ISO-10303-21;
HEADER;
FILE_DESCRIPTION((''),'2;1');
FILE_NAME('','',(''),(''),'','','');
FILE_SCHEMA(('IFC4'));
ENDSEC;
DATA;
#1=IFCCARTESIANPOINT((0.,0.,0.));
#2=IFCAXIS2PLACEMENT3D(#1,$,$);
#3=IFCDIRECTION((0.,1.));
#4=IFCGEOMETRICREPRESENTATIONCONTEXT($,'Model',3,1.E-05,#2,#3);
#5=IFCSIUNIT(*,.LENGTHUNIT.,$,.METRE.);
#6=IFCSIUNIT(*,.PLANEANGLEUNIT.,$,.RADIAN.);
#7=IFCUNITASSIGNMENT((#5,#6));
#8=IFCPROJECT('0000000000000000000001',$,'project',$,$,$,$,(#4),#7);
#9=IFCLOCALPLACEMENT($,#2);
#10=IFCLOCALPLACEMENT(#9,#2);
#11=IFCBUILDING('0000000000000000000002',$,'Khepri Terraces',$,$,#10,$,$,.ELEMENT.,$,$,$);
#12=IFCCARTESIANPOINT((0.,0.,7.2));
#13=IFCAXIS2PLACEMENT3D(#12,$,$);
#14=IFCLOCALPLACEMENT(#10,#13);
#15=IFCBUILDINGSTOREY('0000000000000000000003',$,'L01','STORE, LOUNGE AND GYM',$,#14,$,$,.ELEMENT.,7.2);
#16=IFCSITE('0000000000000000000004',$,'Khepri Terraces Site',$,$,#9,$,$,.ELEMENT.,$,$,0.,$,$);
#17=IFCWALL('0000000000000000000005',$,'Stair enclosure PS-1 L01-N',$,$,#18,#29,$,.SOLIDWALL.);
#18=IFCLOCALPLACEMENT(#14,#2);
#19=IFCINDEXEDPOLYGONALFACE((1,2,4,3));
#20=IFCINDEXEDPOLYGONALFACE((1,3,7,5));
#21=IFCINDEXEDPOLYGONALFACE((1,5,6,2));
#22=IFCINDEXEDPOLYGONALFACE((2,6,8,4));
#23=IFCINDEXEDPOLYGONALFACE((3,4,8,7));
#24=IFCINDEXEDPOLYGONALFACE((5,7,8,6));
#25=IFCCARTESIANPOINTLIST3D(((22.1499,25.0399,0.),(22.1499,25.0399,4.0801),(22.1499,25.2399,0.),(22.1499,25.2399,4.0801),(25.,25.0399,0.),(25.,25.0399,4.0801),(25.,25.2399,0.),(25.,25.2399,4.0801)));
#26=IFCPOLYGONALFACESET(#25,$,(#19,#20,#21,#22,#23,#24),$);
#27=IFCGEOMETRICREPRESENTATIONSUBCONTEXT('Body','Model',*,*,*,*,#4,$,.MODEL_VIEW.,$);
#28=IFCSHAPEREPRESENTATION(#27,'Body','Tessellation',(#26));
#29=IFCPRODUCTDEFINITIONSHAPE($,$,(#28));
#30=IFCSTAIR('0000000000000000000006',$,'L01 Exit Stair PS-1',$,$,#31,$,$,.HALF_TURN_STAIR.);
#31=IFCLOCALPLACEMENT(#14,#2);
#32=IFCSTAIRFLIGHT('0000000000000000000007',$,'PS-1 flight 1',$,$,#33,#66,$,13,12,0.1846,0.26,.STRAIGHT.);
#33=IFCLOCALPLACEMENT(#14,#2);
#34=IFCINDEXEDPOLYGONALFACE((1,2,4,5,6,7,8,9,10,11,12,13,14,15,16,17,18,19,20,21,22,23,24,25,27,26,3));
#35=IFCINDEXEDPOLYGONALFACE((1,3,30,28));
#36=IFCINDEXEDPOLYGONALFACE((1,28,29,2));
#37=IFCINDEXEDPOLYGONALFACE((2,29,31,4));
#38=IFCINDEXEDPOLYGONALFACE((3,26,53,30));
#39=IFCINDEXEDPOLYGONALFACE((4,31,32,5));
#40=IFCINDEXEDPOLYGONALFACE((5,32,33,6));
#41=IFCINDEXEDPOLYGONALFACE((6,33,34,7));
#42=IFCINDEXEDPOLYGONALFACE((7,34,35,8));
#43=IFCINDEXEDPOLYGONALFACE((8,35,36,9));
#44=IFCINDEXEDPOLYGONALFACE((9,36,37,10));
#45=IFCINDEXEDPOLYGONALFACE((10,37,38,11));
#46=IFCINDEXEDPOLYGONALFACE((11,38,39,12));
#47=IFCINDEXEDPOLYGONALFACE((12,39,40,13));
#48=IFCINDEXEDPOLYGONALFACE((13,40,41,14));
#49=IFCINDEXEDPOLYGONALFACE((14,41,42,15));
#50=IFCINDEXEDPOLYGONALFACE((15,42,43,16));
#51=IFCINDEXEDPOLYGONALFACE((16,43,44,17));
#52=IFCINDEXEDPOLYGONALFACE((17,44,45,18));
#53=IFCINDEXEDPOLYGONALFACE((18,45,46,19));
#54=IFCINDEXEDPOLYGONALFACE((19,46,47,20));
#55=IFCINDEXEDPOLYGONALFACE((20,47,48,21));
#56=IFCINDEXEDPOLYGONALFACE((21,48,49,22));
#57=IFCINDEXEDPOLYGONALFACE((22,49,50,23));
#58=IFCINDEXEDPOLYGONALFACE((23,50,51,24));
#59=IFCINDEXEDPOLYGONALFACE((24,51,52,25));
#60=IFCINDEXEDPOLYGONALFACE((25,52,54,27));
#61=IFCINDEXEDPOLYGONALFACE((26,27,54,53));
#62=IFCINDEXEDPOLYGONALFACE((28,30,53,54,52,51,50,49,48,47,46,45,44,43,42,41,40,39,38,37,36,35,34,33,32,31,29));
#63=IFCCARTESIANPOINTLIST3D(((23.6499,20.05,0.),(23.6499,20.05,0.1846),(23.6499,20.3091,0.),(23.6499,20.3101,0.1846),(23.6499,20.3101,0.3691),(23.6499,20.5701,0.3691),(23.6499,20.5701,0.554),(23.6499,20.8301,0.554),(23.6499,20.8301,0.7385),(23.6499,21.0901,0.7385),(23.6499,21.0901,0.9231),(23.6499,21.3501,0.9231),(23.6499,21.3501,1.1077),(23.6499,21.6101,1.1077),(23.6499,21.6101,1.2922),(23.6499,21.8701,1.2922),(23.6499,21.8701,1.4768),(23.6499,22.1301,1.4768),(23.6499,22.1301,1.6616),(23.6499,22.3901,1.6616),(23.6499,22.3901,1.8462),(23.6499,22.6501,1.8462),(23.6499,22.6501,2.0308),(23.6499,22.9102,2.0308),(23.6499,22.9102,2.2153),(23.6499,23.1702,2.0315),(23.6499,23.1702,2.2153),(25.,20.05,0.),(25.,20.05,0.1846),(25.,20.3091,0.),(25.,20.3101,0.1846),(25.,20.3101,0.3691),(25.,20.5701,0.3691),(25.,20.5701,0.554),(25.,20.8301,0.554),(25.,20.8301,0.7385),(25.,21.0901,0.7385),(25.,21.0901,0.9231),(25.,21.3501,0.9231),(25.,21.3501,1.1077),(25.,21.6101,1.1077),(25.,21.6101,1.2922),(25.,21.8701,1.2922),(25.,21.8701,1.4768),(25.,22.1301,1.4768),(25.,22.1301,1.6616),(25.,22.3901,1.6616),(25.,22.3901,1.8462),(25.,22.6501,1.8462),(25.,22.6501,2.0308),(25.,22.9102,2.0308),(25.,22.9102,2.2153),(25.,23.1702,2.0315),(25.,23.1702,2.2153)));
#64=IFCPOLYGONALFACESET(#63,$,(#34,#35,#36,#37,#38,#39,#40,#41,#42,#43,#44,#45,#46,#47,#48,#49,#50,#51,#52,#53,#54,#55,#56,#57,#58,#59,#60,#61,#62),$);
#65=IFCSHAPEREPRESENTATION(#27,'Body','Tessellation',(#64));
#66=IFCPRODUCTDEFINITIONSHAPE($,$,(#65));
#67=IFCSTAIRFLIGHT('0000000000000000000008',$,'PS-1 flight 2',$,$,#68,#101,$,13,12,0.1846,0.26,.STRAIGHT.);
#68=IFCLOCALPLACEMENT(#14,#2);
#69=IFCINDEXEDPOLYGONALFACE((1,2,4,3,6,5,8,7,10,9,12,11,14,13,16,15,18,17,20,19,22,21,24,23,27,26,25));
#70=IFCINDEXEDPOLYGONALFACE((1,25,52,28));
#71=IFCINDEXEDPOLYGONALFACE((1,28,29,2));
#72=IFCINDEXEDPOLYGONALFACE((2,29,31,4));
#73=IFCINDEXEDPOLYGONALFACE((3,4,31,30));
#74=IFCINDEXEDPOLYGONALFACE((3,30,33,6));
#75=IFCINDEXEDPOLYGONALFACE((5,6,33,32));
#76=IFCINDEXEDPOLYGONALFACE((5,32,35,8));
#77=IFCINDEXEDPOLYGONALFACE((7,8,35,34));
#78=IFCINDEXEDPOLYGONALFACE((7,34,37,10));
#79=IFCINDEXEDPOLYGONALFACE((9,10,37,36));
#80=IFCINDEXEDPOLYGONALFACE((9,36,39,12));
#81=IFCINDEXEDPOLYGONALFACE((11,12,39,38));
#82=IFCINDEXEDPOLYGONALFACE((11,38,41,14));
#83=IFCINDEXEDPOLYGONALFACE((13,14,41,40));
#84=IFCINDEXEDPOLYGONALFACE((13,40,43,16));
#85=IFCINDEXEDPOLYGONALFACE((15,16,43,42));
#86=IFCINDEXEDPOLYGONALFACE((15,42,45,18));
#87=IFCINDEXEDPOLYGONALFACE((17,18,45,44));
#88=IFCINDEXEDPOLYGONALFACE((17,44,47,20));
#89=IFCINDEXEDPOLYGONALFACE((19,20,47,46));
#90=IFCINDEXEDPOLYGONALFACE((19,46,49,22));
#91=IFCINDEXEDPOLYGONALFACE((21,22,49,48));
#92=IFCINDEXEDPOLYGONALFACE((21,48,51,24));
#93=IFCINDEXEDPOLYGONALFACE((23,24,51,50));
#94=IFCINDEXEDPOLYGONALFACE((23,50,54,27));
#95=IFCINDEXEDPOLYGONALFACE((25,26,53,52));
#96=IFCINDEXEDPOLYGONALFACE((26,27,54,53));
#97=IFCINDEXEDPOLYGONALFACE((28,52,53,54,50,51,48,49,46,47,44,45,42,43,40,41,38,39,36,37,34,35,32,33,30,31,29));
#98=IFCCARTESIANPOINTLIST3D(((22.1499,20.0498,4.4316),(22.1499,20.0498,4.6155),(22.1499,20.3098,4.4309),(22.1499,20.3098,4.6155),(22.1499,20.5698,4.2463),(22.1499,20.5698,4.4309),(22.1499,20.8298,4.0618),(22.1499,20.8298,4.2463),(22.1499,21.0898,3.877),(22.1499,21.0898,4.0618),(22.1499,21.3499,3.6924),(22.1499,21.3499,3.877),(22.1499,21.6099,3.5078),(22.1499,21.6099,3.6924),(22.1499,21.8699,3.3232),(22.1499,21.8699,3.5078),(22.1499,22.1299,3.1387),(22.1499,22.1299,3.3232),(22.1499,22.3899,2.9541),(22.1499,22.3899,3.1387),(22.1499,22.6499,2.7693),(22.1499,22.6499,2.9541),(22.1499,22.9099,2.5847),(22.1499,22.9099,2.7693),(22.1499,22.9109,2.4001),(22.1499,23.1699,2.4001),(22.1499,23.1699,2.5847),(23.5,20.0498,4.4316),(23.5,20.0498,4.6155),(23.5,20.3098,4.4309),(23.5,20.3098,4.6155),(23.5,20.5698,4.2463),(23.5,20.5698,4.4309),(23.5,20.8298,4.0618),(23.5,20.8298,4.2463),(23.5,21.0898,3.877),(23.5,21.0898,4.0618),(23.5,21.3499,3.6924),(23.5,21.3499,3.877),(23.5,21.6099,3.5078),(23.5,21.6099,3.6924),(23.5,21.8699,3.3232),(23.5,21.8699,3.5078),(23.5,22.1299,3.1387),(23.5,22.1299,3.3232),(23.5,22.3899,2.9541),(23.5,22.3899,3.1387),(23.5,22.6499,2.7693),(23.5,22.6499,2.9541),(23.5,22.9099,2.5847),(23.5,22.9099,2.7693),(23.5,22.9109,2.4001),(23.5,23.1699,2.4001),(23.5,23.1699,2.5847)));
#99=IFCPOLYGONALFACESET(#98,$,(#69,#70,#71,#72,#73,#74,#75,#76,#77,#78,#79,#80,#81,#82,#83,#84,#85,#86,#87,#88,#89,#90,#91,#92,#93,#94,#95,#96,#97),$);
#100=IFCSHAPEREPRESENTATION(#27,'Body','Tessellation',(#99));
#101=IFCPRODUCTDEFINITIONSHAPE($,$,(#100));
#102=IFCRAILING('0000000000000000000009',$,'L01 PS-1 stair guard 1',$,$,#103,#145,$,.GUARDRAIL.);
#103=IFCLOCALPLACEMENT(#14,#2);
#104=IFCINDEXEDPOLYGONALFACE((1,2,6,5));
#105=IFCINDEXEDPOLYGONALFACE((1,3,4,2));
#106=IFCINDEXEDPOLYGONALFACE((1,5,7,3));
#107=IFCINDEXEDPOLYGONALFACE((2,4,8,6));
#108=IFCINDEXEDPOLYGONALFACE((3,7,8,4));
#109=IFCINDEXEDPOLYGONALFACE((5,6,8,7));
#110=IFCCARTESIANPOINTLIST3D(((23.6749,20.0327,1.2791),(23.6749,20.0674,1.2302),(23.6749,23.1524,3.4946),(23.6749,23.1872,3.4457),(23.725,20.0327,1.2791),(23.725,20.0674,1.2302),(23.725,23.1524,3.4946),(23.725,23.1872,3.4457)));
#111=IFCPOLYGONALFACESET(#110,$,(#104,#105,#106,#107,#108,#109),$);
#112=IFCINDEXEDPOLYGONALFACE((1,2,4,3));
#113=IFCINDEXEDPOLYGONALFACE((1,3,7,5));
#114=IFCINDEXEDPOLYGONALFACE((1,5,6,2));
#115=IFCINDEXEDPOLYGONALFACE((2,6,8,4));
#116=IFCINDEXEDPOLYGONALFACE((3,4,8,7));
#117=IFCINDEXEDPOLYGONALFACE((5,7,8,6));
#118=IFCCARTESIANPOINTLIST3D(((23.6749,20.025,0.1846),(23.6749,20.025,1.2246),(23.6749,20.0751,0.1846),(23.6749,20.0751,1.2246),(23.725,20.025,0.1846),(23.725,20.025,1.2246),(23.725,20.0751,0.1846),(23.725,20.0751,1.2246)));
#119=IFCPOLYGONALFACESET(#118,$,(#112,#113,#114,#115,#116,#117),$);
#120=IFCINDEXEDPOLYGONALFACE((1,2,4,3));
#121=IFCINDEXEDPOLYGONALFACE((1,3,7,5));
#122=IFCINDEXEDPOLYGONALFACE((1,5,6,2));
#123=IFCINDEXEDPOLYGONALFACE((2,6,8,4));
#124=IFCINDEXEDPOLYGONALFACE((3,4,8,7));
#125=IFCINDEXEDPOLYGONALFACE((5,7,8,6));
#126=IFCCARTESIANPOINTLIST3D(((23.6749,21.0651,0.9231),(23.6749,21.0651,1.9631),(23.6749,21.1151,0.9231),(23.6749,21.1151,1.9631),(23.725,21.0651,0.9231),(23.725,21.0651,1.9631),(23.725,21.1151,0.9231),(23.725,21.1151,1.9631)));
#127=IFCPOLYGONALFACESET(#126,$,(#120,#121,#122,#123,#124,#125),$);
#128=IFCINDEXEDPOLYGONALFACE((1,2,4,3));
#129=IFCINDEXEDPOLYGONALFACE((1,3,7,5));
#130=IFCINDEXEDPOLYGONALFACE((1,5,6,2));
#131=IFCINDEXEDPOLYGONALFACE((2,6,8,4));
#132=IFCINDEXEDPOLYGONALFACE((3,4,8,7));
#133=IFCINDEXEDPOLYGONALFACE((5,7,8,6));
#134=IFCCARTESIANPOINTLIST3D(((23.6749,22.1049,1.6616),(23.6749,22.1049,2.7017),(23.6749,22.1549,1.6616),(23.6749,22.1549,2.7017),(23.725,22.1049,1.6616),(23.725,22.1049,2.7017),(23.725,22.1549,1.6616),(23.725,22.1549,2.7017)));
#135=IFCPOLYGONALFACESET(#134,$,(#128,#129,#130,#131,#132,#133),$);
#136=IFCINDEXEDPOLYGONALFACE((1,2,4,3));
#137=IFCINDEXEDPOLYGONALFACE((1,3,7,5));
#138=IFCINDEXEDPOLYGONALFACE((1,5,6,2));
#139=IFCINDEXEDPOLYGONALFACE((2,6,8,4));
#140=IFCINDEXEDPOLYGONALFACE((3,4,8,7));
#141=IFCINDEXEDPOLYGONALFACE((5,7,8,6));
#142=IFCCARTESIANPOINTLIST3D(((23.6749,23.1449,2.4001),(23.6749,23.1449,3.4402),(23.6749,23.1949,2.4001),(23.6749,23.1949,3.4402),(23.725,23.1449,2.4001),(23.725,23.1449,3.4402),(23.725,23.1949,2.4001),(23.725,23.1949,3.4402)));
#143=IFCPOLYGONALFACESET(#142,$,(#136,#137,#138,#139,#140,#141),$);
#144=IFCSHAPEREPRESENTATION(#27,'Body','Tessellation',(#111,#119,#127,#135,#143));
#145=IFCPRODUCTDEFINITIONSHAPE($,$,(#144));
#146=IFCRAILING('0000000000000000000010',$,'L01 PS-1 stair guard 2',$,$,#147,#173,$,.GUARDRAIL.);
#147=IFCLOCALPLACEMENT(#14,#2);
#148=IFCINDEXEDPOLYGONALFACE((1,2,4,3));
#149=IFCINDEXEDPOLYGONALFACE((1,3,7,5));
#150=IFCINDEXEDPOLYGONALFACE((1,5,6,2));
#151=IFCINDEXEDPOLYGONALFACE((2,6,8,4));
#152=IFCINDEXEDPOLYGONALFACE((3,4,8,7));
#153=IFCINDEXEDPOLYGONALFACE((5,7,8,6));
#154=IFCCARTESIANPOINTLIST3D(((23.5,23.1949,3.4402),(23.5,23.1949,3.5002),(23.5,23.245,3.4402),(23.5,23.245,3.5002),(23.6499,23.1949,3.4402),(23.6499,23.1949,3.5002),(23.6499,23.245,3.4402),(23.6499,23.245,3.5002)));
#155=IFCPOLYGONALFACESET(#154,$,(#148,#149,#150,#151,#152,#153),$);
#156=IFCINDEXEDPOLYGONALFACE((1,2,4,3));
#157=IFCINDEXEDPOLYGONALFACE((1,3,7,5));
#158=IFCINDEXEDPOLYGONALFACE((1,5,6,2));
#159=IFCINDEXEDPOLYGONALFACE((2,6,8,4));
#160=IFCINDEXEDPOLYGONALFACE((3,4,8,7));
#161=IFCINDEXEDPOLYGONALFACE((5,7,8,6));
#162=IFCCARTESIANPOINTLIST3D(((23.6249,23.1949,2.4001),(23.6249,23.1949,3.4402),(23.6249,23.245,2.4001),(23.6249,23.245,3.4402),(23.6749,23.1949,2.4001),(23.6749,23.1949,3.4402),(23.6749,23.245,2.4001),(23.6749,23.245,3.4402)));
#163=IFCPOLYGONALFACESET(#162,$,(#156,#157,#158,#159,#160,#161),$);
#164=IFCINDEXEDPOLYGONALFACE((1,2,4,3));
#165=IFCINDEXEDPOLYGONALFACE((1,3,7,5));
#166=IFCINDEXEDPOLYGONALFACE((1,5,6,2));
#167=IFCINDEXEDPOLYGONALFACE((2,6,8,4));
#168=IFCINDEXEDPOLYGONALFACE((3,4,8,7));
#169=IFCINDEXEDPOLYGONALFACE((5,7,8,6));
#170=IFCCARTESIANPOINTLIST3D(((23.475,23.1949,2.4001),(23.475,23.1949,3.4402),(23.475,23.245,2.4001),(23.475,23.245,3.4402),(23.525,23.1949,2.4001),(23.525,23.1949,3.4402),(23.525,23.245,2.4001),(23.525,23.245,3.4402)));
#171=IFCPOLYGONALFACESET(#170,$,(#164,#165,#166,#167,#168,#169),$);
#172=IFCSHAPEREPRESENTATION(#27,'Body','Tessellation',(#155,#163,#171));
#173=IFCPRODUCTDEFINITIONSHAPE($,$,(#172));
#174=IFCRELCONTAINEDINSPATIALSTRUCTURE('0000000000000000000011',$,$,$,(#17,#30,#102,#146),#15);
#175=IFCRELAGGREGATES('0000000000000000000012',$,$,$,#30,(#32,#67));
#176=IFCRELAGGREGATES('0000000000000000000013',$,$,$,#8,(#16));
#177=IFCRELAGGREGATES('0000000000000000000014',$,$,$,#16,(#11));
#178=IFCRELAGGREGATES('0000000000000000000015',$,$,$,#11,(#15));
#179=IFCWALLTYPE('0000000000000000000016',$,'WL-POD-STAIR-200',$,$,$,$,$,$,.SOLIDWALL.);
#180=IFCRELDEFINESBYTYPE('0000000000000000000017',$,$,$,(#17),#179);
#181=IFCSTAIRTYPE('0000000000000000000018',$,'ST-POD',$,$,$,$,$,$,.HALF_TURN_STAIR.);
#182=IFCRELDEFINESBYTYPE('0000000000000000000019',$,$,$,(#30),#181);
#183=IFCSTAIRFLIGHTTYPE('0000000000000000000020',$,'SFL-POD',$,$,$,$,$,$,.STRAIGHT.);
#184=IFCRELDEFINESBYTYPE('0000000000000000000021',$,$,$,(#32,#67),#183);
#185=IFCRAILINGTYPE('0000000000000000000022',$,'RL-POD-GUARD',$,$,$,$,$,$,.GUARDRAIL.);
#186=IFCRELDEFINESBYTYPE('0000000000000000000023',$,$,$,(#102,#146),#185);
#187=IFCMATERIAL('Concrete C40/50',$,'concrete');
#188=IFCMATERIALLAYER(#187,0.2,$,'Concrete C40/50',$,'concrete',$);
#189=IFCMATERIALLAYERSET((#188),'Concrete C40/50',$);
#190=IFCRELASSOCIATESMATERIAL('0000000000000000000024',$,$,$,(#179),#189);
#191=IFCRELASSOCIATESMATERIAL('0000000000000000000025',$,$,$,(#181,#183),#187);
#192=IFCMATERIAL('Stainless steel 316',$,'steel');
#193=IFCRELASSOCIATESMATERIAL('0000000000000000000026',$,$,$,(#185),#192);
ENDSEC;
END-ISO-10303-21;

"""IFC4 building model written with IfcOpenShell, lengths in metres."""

from ifc_helpers import new_model, si_unit, direction, frame, frame_2d, origin, origin_2d, place, context, subcontext, project, spatial, polyline, rectangle, outline, extrude, material, layer, layer_set, type_object, element, aggregate, save


model = new_model("IFC4")

# Units and contexts
model_context = context("Model", 3, precision=1e-05, world=origin(), true_north=direction((0.0, 1.0)))
body_context = subcontext(model_context, "Body", "Model", "MODEL_VIEW")
ifc_project = project(units=[si_unit("LENGTHUNIT", "METRE"), si_unit("PLANEANGLEUNIT", "RADIAN")], contexts=[model_context])

# Site, building, storey
site_placement = place(None, origin())
site = spatial("IfcSite", under=ifc_project, at=site_placement, Name="Khepri Terraces Site", CompositionType="ELEMENT", RefElevation=0.0)
building_placement = place(site_placement, origin())
building = spatial("IfcBuilding", under=site, at=building_placement, Name="Khepri Terraces", CompositionType="ELEMENT")
storey_placement = place(building_placement, frame((0.0, 0.0, 7.2)))
storey = spatial("IfcBuildingStorey", under=building, at=storey_placement, Name="L01", Description="STORE, LOUNGE AND GYM", CompositionType="ELEMENT", Elevation=7.2)

# Shared definitions
ifc_material_1 = material(Name="Concrete C40/50", Category="concrete")
ifc_layer_1 = layer(ifc_material_1, 0.2, Name="Concrete C40/50", Category="concrete")
ifc_layer_set_1 = layer_set([ifc_layer_1], Name="Concrete C40/50")
wall_type_1 = type_object("IfcWallType", Name="WL-POD-STAIR-200", PredefinedType="SOLIDWALL", material=ifc_layer_set_1)

# Wall
wall_1_placement = place(storey_placement, frame((22.1499, 25.1399, 0.0), z_axis=(0.0, 0.0, 1.0), x_axis=(1.0, 0.0, 0.0)))
element("IfcWall", 1, at=wall_1_placement, inside=storey, type_object=wall_type_1, Name="Stair enclosure PS-1 L01-N", PredefinedType="SOLIDWALL", context=body_context, shape_type="SweptSolid", body=[
    extrude(rectangle(XDim=2.8501, YDim=0.2, at=frame_2d((1.425, 0.0))), origin(), (0.0, 0.0, 1.0), 4.0801),
])

# Stair, stair flights
stair_type = type_object("IfcStairType", Name="ST-POD", PredefinedType="HALF_TURN_STAIR", material=ifc_material_1)
stair_placement = place(storey_placement, origin())
stair = element("IfcStair", 2, at=stair_placement, inside=storey, type_object=stair_type, Name="L01 Exit Stair PS-1", PredefinedType="HALF_TURN_STAIR")
stair_flight_type = type_object("IfcStairFlightType", Name="SFL-POD", PredefinedType="STRAIGHT", material=ifc_material_1)
stair_flight_1_placement = place(storey_placement, frame((24.325, 20.05, 0.0), z_axis=(0.0, 0.0, 1.0), x_axis=(0.0, 1.0, 0.0)))
stair_flight_1 = element("IfcStairFlight", 3, at=stair_flight_1_placement, type_object=stair_flight_type, Name="PS-1 flight 1", NumberOfRisers=13, NumberOfTreads=12, PredefinedType="STRAIGHT", RiserHeight=0.1846, TreadLength=0.26, context=body_context, shape_type="SweptSolid", body=[
    extrude(outline(polyline([(0.0, 0.0), (0.0, 0.1846), (0.26, 0.1846), (0.26, 0.3691), (0.52, 0.3691), (0.52, 0.554), (0.78, 0.554), (0.78, 0.7385), (1.04, 0.7385), (1.04, 0.9231), (1.3, 0.9231), (1.3, 1.1077), (1.5601, 1.1077), (1.5601, 1.2922), (1.8201, 1.2922), (1.8201, 1.4768), (2.0801, 1.4768), (2.0801, 1.6616), (2.3401, 1.6616), (2.3401, 1.8462), (2.6001, 1.8462), (2.6001, 2.0308), (2.8601, 2.0308), (2.8601, 2.2153), (3.1201, 2.2153), (3.1201, 2.3999), (3.1201, 2.0315), (0.259, 0.0), (0.0, 0.0)])), frame((0.0, 0.675, 0.0), z_axis=(0.0, -1.0, 0.0), x_axis=(1.0, 0.0, 0.0)), (0.0, 0.0, 1.0), 1.3501),
])
stair_flight_2_placement = place(storey_placement, frame((22.825, 23.1699, 2.4001), z_axis=(0.0, 0.0, 1.0), x_axis=(0.0, -1.0, 0.0)))
stair_flight_2 = element("IfcStairFlight", 4, at=stair_flight_2_placement, type_object=stair_flight_type, Name="PS-1 flight 2", NumberOfRisers=13, NumberOfTreads=12, PredefinedType="STRAIGHT", RiserHeight=0.1846, TreadLength=0.26, context=body_context, shape_type="SweptSolid", body=[
    extrude(outline(polyline([(0.0, 0.0), (0.0, 0.1846), (0.26, 0.1846), (0.26, 0.3691), (0.52, 0.3691), (0.52, 0.554), (0.78, 0.554), (0.78, 0.7385), (1.04, 0.7385), (1.04, 0.9231), (1.3, 0.9231), (1.3, 1.1077), (1.5601, 1.1077), (1.5601, 1.2922), (1.8201, 1.2922), (1.8201, 1.4768), (2.0801, 1.4768), (2.0801, 1.6616), (2.3401, 1.6616), (2.3401, 1.8462), (2.6001, 1.8462), (2.6001, 2.0308), (2.8601, 2.0308), (2.8601, 2.2153), (3.1201, 2.2153), (3.1201, 2.3999), (3.1201, 2.0315), (0.259, 0.0), (0.0, 0.0)])), frame((0.0, 0.675, 0.0), z_axis=(0.0, -1.0, 0.0), x_axis=(1.0, 0.0, 0.0)), (0.0, 0.0, 1.0), 1.3501),
])
aggregate(stair, [stair_flight_1, stair_flight_2])

# Railings
ifc_material_2 = material(Name="Stainless steel 316", Category="steel")
railing_type_1 = type_object("IfcRailingType", Name="RL-POD-GUARD", PredefinedType="GUARDRAIL", material=ifc_material_2)
railing_1_placement = place(storey_placement, frame((23.7, 20.05, 0.1846)))
element("IfcRailing", 5, at=railing_1_placement, inside=storey, type_object=railing_type_1, Name="L01 PS-1 stair guard 1", PredefinedType="GUARDRAIL", context=body_context, shape_type="SweptSolid", body=[
    extrude(rectangle(XDim=0.05, YDim=0.0601, at=origin_2d()), frame((0.0, 0.0, 1.0701), z_axis=(0.0, 0.815325, 0.579003), x_axis=(-1.0, 0.0, 0.0)), (0.0, 0.0, 1.0), 3.8264),
    extrude(rectangle(XDim=0.05, YDim=0.05, at=origin_2d()), origin(), (0.0, 0.0, 1.0), 1.04),
    extrude(rectangle(XDim=0.05, YDim=0.05, at=origin_2d()), frame((0.0, 1.04, 0.7385)), (0.0, 0.0, 1.0), 1.04),
    extrude(rectangle(XDim=0.05, YDim=0.05, at=origin_2d()), frame((0.0, 2.0798, 1.4771)), (0.0, 0.0, 1.0), 1.04),
    extrude(rectangle(XDim=0.05, YDim=0.05, at=origin_2d()), frame((0.0, 3.1199, 2.2156)), (0.0, 0.0, 1.0), 1.04),
])
railing_2_placement = place(storey_placement, frame((23.6499, 23.22, 2.4001)))
element("IfcRailing", 6, at=railing_2_placement, inside=storey, type_object=railing_type_1, Name="L01 PS-1 stair guard 2", PredefinedType="GUARDRAIL", context=body_context, shape_type="SweptSolid", body=[
    extrude(rectangle(XDim=0.05, YDim=0.0601, at=origin_2d()), frame((0.0, 0.0, 1.0701), z_axis=(-1.0, 0.0, 0.0), x_axis=(0.0, -1.0, 0.0)), (0.0, 0.0, 1.0), 0.1499),
    extrude(rectangle(XDim=0.05, YDim=0.05, at=origin_2d()), origin(), (0.0, 0.0, 1.0), 1.04),
    extrude(rectangle(XDim=0.05, YDim=0.05, at=origin_2d()), frame((-0.1499, 0.0, 0.0)), (0.0, 0.0, 1.0), 1.04),
])

save(model, "model.ifc")
